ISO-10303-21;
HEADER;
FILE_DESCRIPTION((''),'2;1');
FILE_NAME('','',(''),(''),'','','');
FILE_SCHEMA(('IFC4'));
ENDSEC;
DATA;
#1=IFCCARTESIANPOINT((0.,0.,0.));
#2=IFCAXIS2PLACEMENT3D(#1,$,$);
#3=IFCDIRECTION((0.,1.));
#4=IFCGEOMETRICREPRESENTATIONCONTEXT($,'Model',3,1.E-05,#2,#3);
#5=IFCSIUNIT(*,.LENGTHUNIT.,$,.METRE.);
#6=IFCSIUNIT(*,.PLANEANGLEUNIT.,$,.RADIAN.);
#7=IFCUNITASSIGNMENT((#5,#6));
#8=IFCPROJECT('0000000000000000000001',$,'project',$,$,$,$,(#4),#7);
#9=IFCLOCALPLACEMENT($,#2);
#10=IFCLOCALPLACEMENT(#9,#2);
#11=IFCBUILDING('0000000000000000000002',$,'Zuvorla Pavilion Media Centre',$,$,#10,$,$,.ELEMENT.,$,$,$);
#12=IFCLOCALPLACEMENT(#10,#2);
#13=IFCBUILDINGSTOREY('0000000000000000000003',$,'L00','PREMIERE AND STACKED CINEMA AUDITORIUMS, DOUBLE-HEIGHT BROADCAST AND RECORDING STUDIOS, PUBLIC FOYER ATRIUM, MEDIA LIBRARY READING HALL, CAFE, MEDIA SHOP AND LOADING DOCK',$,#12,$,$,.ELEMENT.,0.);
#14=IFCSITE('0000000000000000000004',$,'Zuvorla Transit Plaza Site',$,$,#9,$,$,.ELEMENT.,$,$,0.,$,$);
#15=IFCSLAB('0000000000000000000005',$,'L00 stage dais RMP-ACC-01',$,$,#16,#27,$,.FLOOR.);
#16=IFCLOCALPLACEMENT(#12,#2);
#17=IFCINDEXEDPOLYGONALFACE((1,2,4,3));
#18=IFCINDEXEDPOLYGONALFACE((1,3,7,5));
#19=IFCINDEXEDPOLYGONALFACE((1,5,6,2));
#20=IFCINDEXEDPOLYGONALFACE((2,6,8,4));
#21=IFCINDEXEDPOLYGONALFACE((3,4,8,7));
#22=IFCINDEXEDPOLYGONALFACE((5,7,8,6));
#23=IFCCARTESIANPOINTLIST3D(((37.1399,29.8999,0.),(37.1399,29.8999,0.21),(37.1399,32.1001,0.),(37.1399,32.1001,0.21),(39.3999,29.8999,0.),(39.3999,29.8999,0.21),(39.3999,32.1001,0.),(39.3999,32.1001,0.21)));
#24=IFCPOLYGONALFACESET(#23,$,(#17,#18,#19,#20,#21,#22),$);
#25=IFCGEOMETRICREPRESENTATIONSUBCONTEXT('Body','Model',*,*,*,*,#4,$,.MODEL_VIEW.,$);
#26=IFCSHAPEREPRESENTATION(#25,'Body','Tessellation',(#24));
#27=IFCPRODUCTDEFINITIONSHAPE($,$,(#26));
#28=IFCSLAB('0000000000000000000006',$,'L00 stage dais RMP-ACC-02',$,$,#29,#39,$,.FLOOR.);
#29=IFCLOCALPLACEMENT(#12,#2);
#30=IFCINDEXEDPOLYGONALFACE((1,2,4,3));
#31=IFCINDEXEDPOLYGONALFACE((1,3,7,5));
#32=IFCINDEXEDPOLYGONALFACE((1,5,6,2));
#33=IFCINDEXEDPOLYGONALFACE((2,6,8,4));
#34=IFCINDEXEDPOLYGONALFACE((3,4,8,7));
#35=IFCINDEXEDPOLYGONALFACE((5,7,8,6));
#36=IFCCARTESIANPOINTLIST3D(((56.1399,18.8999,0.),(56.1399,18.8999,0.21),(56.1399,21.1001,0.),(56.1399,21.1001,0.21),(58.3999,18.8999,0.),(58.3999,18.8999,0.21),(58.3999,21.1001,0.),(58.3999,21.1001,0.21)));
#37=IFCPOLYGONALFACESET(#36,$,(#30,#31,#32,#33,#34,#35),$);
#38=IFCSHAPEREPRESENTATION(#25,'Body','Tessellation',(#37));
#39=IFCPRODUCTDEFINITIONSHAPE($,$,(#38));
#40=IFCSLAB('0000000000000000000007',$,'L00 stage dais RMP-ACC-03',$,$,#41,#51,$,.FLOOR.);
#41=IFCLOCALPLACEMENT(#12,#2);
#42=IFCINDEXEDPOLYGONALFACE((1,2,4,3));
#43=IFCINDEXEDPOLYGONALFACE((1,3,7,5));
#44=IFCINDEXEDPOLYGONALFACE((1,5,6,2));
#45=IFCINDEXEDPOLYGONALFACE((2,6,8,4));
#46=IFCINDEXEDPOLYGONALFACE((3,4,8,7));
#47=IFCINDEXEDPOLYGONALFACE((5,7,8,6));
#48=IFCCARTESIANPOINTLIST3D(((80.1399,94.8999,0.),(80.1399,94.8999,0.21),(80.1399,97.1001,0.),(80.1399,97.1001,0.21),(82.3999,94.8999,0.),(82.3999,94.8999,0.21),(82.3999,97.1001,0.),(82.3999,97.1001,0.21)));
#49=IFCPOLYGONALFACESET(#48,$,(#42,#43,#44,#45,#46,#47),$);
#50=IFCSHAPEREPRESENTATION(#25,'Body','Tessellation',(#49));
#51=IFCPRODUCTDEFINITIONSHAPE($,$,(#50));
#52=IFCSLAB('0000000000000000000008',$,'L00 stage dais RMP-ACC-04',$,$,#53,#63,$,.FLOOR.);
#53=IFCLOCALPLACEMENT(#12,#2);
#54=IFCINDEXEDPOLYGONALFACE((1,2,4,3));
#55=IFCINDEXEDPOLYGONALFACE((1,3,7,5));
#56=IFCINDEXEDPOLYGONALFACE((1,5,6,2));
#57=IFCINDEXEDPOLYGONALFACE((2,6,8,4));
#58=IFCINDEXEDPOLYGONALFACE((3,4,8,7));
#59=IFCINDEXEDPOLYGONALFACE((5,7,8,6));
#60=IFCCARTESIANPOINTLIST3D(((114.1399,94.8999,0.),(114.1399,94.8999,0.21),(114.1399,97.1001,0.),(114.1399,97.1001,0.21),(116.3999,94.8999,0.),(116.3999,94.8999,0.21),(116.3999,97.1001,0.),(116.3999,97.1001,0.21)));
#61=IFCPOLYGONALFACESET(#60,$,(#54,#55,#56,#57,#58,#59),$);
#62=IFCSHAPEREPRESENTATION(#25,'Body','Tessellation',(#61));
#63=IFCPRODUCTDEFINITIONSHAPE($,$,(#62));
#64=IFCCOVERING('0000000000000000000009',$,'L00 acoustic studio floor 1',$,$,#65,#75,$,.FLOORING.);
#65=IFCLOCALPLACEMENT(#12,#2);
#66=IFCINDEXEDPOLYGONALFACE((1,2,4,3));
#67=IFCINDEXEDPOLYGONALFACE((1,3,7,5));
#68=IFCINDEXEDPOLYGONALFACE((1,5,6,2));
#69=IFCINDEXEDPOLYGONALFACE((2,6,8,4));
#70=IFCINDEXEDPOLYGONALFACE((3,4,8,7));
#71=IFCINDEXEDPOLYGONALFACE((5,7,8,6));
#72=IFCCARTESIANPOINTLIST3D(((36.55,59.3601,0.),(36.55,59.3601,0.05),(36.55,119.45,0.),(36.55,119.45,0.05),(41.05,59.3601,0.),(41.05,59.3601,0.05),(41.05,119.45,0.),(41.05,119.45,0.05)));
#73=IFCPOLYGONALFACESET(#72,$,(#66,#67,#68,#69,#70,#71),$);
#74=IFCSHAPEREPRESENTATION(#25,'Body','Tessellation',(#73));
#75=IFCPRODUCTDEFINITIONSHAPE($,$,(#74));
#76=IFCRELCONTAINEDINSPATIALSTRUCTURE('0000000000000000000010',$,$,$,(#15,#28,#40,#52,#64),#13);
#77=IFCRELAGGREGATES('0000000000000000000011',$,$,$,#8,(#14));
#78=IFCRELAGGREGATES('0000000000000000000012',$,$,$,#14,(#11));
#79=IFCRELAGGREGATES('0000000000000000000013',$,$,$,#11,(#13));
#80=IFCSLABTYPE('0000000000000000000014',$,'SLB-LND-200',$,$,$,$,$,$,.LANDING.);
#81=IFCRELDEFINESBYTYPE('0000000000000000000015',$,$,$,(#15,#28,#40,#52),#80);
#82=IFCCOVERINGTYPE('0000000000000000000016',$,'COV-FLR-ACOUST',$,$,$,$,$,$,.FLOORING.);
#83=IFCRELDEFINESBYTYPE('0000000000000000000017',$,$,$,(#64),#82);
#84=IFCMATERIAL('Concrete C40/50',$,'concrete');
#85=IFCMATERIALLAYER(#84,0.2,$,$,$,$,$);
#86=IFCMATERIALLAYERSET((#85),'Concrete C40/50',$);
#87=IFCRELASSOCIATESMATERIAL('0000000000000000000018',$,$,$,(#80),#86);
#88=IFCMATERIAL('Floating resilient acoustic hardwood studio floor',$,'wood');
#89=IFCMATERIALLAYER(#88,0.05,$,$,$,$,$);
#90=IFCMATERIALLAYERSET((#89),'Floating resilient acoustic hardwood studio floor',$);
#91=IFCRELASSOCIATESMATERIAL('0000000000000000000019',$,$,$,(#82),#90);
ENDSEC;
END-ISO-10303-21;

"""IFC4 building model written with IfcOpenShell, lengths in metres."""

from ifc_helpers import new_model, si_unit, direction, origin, place, context, subcontext, project, spatial, polyline, outline, extrude, material, layer, layer_set, type_object, element, save


model = new_model("IFC4")

# Units and contexts
model_context = context("Model", 3, precision=1e-05, world=origin(), true_north=direction((0.0, 1.0)))
body_context = subcontext(model_context, "Body", "Model", "MODEL_VIEW")
ifc_project = project(units=[si_unit("LENGTHUNIT", "METRE"), si_unit("PLANEANGLEUNIT", "RADIAN")], contexts=[model_context])

# Site, building, storey
site_placement = place(None, origin())
site = spatial("IfcSite", under=ifc_project, at=site_placement, Name="Zuvorla Transit Plaza Site", CompositionType="ELEMENT", RefElevation=0.0)
building_placement = place(site_placement, origin())
building = spatial("IfcBuilding", under=site, at=building_placement, Name="Zuvorla Pavilion Media Centre", CompositionType="ELEMENT")
storey_placement = place(building_placement, origin())
storey = spatial("IfcBuildingStorey", under=building, at=storey_placement, Name="L00", Description="PREMIERE AND STACKED CINEMA AUDITORIUMS, DOUBLE-HEIGHT BROADCAST AND RECORDING STUDIOS, PUBLIC FOYER ATRIUM, MEDIA LIBRARY READING HALL, CAFE, MEDIA SHOP AND LOADING DOCK", CompositionType="ELEMENT", Elevation=0.0)

# Shared definitions
ifc_material_1 = material(Name="Concrete C40/50", Category="concrete")

# Shared definitions
ifc_layer_1 = layer(ifc_material_1, 0.2)
ifc_layer_set_1 = layer_set([ifc_layer_1], Name="Concrete C40/50")
slab_type = type_object("IfcSlabType", Name="SLB-LND-200", PredefinedType="LANDING", material=ifc_layer_set_1)

# Slabs
slab_1_placement = place(storey_placement, origin())
element("IfcSlab", 1, at=slab_1_placement, inside=storey, type_object=slab_type, Name="L00 stage dais RMP-ACC-01", PredefinedType="FLOOR", context=body_context, shape_type="SweptSolid", body=[
    extrude(outline(polyline([(37.1399, 29.8999), (39.3999, 29.8999), (39.3999, 32.1001), (37.1399, 32.1001), (37.1399, 29.8999)])), origin(), (0.0, 0.0, 1.0), 0.21),
])
slab_2_placement = place(storey_placement, origin())
element("IfcSlab", 2, at=slab_2_placement, inside=storey, type_object=slab_type, Name="L00 stage dais RMP-ACC-02", PredefinedType="FLOOR", context=body_context, shape_type="SweptSolid", body=[
    extrude(outline(polyline([(56.1399, 18.8999), (58.3999, 18.8999), (58.3999, 21.1001), (56.1399, 21.1001), (56.1399, 18.8999)])), origin(), (0.0, 0.0, 1.0), 0.21),
])
slab_3_placement = place(storey_placement, origin())
element("IfcSlab", 3, at=slab_3_placement, inside=storey, type_object=slab_type, Name="L00 stage dais RMP-ACC-03", PredefinedType="FLOOR", context=body_context, shape_type="SweptSolid", body=[
    extrude(outline(polyline([(80.1399, 94.8999), (82.3999, 94.8999), (82.3999, 97.1001), (80.1399, 97.1001), (80.1399, 94.8999)])), origin(), (0.0, 0.0, 1.0), 0.21),
])
slab_4_placement = place(storey_placement, origin())
element("IfcSlab", 4, at=slab_4_placement, inside=storey, type_object=slab_type, Name="L00 stage dais RMP-ACC-04", PredefinedType="FLOOR", context=body_context, shape_type="SweptSolid", body=[
    extrude(outline(polyline([(114.1399, 94.8999), (116.3999, 94.8999), (116.3999, 97.1001), (114.1399, 97.1001), (114.1399, 94.8999)])), origin(), (0.0, 0.0, 1.0), 0.21),
])

# Covering
ifc_material_2 = material(Name="Floating resilient acoustic hardwood studio floor", Category="wood")
ifc_layer_2 = layer(ifc_material_2, 0.05)
ifc_layer_set_2 = layer_set([ifc_layer_2], Name="Floating resilient acoustic hardwood studio floor")
covering_type = type_object("IfcCoveringType", Name="COV-FLR-ACOUST", PredefinedType="FLOORING", material=ifc_layer_set_2)
covering_1_placement = place(storey_placement, origin())
element("IfcCovering", 5, at=covering_1_placement, inside=storey, type_object=covering_type, Name="L00 acoustic studio floor 1", PredefinedType="FLOORING", context=body_context, shape_type="SweptSolid", body=[
    extrude(outline(polyline([(41.05, 119.45), (41.05, 59.3601), (36.55, 59.3601), (36.55, 119.45), (41.05, 119.45)])), origin(), (0.0, 0.0, 1.0), 0.05),
])

save(model, "model.ifc")
